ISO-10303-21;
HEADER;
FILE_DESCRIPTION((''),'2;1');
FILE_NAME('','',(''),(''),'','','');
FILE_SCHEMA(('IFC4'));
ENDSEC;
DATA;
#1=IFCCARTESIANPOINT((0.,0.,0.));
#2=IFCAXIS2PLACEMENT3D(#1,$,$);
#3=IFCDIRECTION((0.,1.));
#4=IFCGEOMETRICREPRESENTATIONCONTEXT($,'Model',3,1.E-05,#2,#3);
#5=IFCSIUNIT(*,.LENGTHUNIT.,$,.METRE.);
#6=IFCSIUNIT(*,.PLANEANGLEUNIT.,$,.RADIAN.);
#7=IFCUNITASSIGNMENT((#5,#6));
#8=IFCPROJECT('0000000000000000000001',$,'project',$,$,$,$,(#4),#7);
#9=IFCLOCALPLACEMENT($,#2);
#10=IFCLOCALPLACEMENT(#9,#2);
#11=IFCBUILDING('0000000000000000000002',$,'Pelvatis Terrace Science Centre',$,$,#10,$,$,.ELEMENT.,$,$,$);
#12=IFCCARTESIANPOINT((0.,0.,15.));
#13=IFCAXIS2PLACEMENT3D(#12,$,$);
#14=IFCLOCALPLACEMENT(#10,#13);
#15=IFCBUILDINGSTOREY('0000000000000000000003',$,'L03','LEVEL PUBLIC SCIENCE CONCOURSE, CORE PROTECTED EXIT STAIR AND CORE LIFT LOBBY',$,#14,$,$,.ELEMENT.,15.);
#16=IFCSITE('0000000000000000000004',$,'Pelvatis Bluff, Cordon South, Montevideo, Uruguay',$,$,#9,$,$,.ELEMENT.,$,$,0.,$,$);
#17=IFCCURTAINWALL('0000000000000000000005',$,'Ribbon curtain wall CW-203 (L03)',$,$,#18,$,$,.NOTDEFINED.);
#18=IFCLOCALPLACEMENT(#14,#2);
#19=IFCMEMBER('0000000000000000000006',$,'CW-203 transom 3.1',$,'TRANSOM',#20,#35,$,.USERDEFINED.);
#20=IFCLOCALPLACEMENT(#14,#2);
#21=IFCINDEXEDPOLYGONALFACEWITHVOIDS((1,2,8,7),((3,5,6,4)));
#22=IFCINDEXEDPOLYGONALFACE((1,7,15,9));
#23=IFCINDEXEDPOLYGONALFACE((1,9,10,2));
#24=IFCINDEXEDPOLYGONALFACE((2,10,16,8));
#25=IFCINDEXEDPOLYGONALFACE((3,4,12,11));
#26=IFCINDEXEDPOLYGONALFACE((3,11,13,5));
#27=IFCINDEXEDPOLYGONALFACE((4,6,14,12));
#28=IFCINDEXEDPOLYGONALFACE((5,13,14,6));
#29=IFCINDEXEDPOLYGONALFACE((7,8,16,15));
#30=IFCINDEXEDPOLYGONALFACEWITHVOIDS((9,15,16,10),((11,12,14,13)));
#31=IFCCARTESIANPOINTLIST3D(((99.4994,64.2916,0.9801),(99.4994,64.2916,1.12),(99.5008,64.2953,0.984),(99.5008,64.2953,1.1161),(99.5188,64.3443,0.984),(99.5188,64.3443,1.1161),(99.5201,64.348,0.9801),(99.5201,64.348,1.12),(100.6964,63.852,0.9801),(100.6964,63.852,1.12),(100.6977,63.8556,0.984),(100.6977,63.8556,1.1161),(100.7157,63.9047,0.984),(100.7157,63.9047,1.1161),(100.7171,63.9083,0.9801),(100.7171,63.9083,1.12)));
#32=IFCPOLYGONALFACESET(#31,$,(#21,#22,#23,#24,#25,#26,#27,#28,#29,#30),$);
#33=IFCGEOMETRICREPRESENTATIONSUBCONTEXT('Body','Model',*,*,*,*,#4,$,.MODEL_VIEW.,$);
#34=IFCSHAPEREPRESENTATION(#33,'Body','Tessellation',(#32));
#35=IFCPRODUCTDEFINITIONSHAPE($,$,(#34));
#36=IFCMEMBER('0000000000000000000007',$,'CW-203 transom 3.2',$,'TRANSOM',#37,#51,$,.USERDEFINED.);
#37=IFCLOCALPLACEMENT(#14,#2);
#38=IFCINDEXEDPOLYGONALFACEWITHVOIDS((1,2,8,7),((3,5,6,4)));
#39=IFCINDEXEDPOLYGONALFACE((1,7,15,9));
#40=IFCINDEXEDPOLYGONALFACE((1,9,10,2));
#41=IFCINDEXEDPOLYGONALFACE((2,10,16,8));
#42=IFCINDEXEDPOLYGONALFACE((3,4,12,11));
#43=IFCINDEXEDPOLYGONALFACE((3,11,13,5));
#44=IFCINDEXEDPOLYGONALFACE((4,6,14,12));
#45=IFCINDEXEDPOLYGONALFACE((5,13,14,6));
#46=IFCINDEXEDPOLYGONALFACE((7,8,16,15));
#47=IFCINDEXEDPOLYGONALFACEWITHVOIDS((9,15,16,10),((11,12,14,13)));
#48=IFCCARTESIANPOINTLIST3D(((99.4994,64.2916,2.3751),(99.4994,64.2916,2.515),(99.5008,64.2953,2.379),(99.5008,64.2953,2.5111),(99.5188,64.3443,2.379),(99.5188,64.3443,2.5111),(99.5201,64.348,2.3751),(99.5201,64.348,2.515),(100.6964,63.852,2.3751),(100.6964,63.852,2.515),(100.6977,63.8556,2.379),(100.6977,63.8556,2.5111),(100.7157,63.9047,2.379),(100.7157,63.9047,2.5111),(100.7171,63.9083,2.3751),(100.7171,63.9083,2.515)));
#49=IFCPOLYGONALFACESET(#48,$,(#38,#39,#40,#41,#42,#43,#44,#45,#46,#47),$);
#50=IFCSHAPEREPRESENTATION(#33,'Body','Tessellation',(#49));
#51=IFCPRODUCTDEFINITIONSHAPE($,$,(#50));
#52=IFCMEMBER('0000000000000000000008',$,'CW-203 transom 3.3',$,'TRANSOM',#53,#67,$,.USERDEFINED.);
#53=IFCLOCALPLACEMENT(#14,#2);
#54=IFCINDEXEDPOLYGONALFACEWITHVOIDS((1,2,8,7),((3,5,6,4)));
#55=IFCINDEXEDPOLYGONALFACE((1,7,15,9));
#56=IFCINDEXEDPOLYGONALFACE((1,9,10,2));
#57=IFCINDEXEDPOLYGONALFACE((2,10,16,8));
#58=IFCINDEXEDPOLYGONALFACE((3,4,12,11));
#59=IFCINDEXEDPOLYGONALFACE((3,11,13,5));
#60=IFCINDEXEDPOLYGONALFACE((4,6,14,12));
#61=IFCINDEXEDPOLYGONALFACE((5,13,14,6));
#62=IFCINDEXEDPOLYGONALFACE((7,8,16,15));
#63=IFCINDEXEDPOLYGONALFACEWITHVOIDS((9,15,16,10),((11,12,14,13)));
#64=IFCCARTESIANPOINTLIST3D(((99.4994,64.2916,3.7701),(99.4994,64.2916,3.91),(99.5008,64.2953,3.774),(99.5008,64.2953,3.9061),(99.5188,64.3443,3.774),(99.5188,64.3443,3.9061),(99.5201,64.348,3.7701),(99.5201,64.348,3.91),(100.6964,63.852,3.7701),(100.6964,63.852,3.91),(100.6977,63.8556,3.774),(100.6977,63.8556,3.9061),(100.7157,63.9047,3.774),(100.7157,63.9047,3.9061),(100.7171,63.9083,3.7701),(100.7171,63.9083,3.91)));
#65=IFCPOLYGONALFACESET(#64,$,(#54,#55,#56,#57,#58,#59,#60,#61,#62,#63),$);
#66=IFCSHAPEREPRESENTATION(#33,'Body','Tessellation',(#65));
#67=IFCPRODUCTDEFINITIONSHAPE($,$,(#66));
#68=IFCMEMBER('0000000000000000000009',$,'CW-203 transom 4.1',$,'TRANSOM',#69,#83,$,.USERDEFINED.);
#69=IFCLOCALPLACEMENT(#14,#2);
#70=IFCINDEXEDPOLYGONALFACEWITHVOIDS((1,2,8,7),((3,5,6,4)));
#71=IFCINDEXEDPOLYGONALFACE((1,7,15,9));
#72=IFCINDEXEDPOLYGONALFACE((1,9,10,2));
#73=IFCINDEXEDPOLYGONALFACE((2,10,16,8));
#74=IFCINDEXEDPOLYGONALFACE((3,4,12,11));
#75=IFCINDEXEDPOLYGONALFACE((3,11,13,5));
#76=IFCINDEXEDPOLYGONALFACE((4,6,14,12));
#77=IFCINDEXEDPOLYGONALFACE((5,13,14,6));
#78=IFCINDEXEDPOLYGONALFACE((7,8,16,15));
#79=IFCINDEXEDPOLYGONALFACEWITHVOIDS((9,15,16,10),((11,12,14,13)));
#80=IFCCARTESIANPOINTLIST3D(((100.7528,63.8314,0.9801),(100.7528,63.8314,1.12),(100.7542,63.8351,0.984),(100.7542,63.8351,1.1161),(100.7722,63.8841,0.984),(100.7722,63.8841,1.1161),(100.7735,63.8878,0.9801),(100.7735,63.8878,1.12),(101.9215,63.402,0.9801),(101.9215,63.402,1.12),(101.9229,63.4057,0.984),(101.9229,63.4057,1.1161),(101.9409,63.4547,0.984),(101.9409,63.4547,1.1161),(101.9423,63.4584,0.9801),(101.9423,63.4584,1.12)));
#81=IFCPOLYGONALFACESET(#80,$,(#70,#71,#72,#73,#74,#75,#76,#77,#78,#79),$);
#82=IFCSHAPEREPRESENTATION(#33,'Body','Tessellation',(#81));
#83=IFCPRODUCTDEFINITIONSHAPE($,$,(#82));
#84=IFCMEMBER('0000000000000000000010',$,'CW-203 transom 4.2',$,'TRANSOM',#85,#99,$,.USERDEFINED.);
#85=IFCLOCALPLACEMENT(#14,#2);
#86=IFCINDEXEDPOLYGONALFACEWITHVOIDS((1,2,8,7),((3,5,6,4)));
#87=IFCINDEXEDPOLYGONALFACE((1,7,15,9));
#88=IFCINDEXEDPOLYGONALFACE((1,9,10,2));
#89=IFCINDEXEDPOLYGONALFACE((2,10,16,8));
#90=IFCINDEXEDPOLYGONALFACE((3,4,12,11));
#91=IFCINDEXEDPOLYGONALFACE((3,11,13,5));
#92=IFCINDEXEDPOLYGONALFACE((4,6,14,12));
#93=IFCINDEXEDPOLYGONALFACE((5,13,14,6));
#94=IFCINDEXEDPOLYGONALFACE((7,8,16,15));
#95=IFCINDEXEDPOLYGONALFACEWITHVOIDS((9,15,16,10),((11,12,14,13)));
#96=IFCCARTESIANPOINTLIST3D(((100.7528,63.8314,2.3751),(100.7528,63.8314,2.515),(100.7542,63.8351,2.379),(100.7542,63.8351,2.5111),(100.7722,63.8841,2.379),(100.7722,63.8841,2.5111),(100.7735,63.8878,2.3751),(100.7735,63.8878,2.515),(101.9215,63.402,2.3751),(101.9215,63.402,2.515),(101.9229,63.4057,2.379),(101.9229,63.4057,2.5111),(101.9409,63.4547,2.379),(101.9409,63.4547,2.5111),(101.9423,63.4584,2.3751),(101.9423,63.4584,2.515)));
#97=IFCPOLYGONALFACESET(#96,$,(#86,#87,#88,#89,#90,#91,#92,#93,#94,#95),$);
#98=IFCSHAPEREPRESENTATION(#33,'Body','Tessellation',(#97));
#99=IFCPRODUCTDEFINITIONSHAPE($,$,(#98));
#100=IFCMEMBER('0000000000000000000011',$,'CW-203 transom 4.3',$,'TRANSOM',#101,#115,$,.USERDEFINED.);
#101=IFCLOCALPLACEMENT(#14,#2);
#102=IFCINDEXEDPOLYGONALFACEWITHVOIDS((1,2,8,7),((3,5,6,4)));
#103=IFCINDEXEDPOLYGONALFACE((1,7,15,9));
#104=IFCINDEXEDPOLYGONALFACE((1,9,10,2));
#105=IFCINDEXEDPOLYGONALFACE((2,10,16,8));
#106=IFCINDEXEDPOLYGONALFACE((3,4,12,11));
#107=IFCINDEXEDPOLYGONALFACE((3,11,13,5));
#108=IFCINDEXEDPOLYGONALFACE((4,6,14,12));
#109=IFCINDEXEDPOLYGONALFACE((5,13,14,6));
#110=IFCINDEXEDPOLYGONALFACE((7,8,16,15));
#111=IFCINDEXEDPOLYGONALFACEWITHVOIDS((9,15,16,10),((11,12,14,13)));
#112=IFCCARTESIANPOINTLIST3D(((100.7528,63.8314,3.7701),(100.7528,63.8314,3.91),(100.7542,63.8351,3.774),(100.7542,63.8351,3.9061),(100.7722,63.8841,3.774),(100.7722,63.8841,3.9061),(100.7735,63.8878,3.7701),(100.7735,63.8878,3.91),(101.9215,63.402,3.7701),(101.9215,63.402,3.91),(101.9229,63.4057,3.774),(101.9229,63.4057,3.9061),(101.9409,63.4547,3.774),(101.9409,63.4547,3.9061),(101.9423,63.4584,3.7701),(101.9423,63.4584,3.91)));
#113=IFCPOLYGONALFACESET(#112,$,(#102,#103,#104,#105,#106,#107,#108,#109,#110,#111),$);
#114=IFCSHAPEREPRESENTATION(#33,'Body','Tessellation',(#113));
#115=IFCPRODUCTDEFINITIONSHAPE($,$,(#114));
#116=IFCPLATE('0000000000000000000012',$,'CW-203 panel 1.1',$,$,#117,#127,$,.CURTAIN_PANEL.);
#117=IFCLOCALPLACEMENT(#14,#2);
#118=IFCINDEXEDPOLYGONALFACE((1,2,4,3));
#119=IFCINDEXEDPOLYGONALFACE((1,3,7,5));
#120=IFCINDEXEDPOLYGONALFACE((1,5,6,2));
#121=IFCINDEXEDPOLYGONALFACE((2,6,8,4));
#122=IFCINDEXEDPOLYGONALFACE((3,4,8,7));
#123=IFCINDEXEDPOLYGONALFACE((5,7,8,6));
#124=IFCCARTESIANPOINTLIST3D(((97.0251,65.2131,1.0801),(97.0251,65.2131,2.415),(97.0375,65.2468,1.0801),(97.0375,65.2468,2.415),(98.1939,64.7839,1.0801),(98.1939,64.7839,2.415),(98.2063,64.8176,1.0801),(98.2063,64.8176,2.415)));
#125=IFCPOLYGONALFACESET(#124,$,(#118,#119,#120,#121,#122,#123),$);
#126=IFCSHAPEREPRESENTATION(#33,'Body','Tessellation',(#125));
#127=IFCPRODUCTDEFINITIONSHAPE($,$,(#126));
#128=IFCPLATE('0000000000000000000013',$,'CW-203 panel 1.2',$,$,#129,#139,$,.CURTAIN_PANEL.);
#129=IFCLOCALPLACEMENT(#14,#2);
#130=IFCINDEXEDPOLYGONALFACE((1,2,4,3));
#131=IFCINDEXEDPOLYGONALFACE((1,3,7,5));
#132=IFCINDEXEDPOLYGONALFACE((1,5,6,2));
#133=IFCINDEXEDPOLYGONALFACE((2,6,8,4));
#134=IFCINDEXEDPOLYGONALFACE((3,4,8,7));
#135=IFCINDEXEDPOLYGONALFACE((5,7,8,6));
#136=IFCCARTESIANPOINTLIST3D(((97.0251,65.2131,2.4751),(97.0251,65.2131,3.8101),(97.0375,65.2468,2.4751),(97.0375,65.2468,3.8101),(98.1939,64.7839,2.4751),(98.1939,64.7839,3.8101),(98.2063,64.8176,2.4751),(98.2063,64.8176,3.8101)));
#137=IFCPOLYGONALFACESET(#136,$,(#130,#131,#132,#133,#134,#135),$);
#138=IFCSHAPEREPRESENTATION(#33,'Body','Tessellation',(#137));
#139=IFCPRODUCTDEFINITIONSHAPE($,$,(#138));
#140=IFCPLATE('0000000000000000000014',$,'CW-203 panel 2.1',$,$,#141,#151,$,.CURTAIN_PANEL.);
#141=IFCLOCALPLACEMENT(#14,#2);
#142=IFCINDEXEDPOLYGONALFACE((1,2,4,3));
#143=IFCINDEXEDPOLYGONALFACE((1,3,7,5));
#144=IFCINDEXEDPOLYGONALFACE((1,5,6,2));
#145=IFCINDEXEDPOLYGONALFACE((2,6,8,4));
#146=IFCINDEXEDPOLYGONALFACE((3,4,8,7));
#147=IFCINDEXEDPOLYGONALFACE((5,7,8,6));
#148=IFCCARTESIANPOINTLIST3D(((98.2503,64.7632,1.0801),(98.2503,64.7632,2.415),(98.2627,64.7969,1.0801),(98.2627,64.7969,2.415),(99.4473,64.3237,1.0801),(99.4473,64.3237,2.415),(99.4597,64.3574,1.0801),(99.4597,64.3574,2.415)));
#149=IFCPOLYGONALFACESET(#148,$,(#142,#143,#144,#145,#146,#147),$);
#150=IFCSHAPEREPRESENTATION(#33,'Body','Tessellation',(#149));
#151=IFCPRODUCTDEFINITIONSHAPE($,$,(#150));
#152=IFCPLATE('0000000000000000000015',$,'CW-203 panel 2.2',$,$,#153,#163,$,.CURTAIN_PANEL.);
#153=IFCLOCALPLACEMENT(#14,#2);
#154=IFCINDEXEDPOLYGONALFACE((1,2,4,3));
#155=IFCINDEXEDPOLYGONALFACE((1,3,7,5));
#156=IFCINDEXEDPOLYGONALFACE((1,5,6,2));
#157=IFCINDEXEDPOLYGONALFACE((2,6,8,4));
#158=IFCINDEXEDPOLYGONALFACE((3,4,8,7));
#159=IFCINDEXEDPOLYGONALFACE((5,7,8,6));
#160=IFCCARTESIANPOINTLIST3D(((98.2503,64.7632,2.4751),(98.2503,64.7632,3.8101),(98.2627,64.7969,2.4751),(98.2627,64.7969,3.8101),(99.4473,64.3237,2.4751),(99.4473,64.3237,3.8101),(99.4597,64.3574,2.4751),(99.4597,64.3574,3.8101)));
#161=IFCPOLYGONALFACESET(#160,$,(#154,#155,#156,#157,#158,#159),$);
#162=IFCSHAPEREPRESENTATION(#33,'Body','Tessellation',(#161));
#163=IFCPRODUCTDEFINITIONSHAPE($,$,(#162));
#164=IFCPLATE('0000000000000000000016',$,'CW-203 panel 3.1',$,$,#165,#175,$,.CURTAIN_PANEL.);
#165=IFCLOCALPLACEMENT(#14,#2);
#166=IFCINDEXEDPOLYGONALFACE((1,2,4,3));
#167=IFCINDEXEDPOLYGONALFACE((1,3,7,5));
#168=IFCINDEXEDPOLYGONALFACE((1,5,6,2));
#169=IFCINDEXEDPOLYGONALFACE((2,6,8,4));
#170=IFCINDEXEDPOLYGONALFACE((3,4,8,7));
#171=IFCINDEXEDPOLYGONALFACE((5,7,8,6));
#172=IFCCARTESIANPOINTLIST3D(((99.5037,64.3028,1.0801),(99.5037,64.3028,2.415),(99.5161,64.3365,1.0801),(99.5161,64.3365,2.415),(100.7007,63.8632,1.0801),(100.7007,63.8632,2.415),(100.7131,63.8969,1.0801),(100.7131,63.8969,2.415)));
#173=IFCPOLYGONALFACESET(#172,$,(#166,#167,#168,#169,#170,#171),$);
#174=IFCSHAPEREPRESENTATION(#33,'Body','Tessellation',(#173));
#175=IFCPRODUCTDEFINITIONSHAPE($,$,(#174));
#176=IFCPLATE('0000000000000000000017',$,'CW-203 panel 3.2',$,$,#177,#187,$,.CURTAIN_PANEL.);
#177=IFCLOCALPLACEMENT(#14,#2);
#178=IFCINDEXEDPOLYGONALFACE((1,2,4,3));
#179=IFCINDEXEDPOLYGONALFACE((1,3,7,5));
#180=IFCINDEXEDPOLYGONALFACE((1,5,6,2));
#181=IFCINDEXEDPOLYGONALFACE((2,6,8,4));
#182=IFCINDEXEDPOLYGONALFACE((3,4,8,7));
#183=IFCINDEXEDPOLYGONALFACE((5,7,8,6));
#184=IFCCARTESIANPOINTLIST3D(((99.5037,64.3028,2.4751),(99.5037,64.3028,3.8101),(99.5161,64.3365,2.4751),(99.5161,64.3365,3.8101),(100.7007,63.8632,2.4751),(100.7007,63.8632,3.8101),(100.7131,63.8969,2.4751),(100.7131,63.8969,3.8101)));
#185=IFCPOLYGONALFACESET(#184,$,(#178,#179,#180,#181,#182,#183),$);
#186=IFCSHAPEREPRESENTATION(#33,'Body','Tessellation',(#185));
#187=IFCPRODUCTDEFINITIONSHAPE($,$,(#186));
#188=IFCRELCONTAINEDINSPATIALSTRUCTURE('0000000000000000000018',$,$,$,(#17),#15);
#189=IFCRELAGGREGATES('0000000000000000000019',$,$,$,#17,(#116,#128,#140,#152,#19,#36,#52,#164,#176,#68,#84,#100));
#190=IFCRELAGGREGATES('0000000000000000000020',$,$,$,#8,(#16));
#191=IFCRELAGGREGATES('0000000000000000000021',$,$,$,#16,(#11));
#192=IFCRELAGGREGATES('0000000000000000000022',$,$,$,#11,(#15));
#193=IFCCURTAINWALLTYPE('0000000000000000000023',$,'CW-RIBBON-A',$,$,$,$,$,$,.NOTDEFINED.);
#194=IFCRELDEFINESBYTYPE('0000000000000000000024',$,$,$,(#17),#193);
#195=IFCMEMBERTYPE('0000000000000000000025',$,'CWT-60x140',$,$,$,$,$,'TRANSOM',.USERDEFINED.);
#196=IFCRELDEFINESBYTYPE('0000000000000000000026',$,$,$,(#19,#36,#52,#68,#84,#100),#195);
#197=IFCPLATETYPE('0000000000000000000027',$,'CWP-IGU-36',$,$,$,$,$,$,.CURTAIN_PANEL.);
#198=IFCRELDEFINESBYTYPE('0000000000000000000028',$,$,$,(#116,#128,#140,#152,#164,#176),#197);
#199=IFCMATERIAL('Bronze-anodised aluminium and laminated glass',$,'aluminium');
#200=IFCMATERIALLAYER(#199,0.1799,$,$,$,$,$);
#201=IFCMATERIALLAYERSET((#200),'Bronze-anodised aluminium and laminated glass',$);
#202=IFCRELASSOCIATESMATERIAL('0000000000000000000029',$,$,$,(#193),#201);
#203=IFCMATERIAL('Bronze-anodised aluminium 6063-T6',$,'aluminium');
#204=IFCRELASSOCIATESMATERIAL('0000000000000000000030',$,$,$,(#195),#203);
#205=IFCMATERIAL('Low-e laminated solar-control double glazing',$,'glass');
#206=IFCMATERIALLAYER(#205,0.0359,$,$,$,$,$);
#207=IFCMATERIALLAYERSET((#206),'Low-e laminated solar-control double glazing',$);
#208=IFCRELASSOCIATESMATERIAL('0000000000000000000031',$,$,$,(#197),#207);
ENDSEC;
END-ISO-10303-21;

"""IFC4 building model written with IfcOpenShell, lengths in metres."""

from ifc_helpers import new_model, si_unit, direction, frame, origin, origin_2d, place, context, subcontext, project, spatial, rectangle, hollow_rectangle, extrude, material, layer, layer_set, material_profile, profile_set, type_object, element, aggregate, save


model = new_model("IFC4")

# Units and contexts
model_context = context("Model", 3, precision=1e-05, world=origin(), true_north=direction((0.0, 1.0)))
body_context = subcontext(model_context, "Body", "Model", "MODEL_VIEW")
ifc_project = project(units=[si_unit("LENGTHUNIT", "METRE"), si_unit("PLANEANGLEUNIT", "RADIAN")], contexts=[model_context])

# Site, building, storey
site_placement = place(None, origin())
site = spatial("IfcSite", under=ifc_project, at=site_placement, Name="Pelvatis Bluff, Cordon South, Montevideo, Uruguay", CompositionType="ELEMENT", RefElevation=0.0)
building_placement = place(site_placement, origin())
building = spatial("IfcBuilding", under=site, at=building_placement, Name="Pelvatis Terrace Science Centre", CompositionType="ELEMENT")
storey_placement = place(building_placement, frame((0.0, 0.0, 15.0)))
storey = spatial("IfcBuildingStorey", under=building, at=storey_placement, Name="L03", Description="LEVEL PUBLIC SCIENCE CONCOURSE, CORE PROTECTED EXIT STAIR AND CORE LIFT LOBBY", CompositionType="ELEMENT", Elevation=15.0)

# Curtain wall, members, plates
ifc_material_1 = material(Name="Bronze-anodised aluminium and laminated glass", Category="aluminium")
ifc_layer_1 = layer(ifc_material_1, 0.1799)
ifc_layer_set_1 = layer_set([ifc_layer_1], Name="Bronze-anodised aluminium and laminated glass")
curtain_wall_type = type_object("IfcCurtainWallType", Name="CW-RIBBON-A", PredefinedType="NOTDEFINED", material=ifc_layer_set_1)
curtain_wall_placement = place(storey_placement, origin())
curtain_wall = element("IfcCurtainWall", 1, at=curtain_wall_placement, inside=storey, type_object=curtain_wall_type, Name="Ribbon curtain wall CW-203 (L03)", PredefinedType="NOTDEFINED")
ifc_material_2 = material(Name="Bronze-anodised aluminium 6063-T6", Category="aluminium")
ifc_material_profile_1 = material_profile(ifc_material_2, hollow_rectangle(XDim=0.0601, YDim=0.1399, WallThickness=0.0039, at=origin_2d()), Name="ALU-TRN 60x140")
ifc_profile_set_1 = profile_set([ifc_material_profile_1], Name="Bronze-anodised aluminium 6063-T6")
member_type_1 = type_object("IfcMemberType", Name="CWT-60x140", ElementType="TRANSOM", PredefinedType="USERDEFINED", material=ifc_profile_set_1)
member_1_placement = place(storey_placement, frame((99.5098, 64.3198, 1.05), z_axis=(0.938676, -0.3448, 0.0), x_axis=(0.3448, 0.938676, 0.0)))
member_1 = element("IfcMember", 2, at=member_1_placement, type_object=member_type_1, Name="CW-203 transom 3.1", ObjectType="TRANSOM", PredefinedType="USERDEFINED", context=body_context, shape_type="SweptSolid", body=[
    extrude(hollow_rectangle(XDim=0.0601, YDim=0.1399, WallThickness=0.0039, at=origin_2d()), origin(), (0.0, 0.0, 1.0), 1.2751),
])
member_2_placement = place(storey_placement, frame((99.5098, 64.3198, 2.4451), z_axis=(0.938676, -0.3448, 0.0), x_axis=(0.3448, 0.938676, 0.0)))
member_2 = element("IfcMember", 3, at=member_2_placement, type_object=member_type_1, Name="CW-203 transom 3.2", ObjectType="TRANSOM", PredefinedType="USERDEFINED", context=body_context, shape_type="SweptSolid", body=[
    extrude(hollow_rectangle(XDim=0.0601, YDim=0.1399, WallThickness=0.0039, at=origin_2d()), origin(), (0.0, 0.0, 1.0), 1.2751),
])
member_3_placement = place(storey_placement, frame((99.5098, 64.3198, 3.8401), z_axis=(0.938676, -0.3448, 0.0), x_axis=(0.3448, 0.938676, 0.0)))
member_3 = element("IfcMember", 4, at=member_3_placement, type_object=member_type_1, Name="CW-203 transom 3.3", ObjectType="TRANSOM", PredefinedType="USERDEFINED", context=body_context, shape_type="SweptSolid", body=[
    extrude(hollow_rectangle(XDim=0.0601, YDim=0.1399, WallThickness=0.0039, at=origin_2d()), origin(), (0.0, 0.0, 1.0), 1.2751),
])
member_4_placement = place(storey_placement, frame((100.7632, 63.8596, 1.05), z_axis=(0.938637, -0.344906, 0.0), x_axis=(0.344906, 0.938637, 0.0)))
member_4 = element("IfcMember", 5, at=member_4_placement, type_object=member_type_1, Name="CW-203 transom 4.1", ObjectType="TRANSOM", PredefinedType="USERDEFINED", context=body_context, shape_type="SweptSolid", body=[
    extrude(hollow_rectangle(XDim=0.0601, YDim=0.1399, WallThickness=0.0039, at=origin_2d()), origin(), (0.0, 0.0, 1.0), 1.2451),
])
member_5_placement = place(storey_placement, frame((100.7632, 63.8596, 2.4451), z_axis=(0.938637, -0.344906, 0.0), x_axis=(0.344906, 0.938637, 0.0)))
member_5 = element("IfcMember", 6, at=member_5_placement, type_object=member_type_1, Name="CW-203 transom 4.2", ObjectType="TRANSOM", PredefinedType="USERDEFINED", context=body_context, shape_type="SweptSolid", body=[
    extrude(hollow_rectangle(XDim=0.0601, YDim=0.1399, WallThickness=0.0039, at=origin_2d()), origin(), (0.0, 0.0, 1.0), 1.2451),
])
member_6_placement = place(storey_placement, frame((100.7632, 63.8596, 3.8401), z_axis=(0.938637, -0.344906, 0.0), x_axis=(0.344906, 0.938637, 0.0)))
member_6 = element("IfcMember", 7, at=member_6_placement, type_object=member_type_1, Name="CW-203 transom 4.3", ObjectType="TRANSOM", PredefinedType="USERDEFINED", context=body_context, shape_type="SweptSolid", body=[
    extrude(hollow_rectangle(XDim=0.0601, YDim=0.1399, WallThickness=0.0039, at=origin_2d()), origin(), (0.0, 0.0, 1.0), 1.2451),
])
ifc_material_3 = material(Name="Low-e laminated solar-control double glazing", Category="glass")
ifc_layer_2 = layer(ifc_material_3, 0.0359)
ifc_layer_set_2 = layer_set([ifc_layer_2], Name="Low-e laminated solar-control double glazing")
plate_type = type_object("IfcPlateType", Name="CWP-IGU-36", PredefinedType="CURTAIN_PANEL", material=ifc_layer_set_2)
plate_1_placement = place(storey_placement, frame((97.6157, 65.0154, 1.0801), z_axis=(0.0, 0.0, 1.0), x_axis=(0.938707, -0.344715, 0.0)))
plate_1 = element("IfcPlate", 8, at=plate_1_placement, type_object=plate_type, Name="CW-203 panel 1.1", PredefinedType="CURTAIN_PANEL", context=body_context, shape_type="SweptSolid", body=[
    extrude(rectangle(XDim=1.2451, YDim=0.0359, at=origin_2d()), origin(), (0.0, 0.0, 1.0), 1.335),
])
plate_2_placement = place(storey_placement, frame((97.6157, 65.0154, 2.4751), z_axis=(0.0, 0.0, 1.0), x_axis=(0.938707, -0.344715, 0.0)))
plate_2 = element("IfcPlate", 9, at=plate_2_placement, type_object=plate_type, Name="CW-203 panel 1.2", PredefinedType="CURTAIN_PANEL", context=body_context, shape_type="SweptSolid", body=[
    extrude(rectangle(XDim=1.2451, YDim=0.0359, at=origin_2d()), origin(), (0.0, 0.0, 1.0), 1.335),
])
plate_3_placement = place(storey_placement, frame((98.855, 64.5603, 1.0801), z_axis=(0.0, 0.0, 1.0), x_axis=(0.938707, -0.344715, 0.0)))
plate_3 = element("IfcPlate", 10, at=plate_3_placement, type_object=plate_type, Name="CW-203 panel 2.1", PredefinedType="CURTAIN_PANEL", context=body_context, shape_type="SweptSolid", body=[
    extrude(rectangle(XDim=1.2751, YDim=0.0359, at=origin_2d()), origin(), (0.0, 0.0, 1.0), 1.335),
])
plate_4_placement = place(storey_placement, frame((98.855, 64.5603, 2.4751), z_axis=(0.0, 0.0, 1.0), x_axis=(0.938707, -0.344715, 0.0)))
plate_4 = element("IfcPlate", 11, at=plate_4_placement, type_object=plate_type, Name="CW-203 panel 2.2", PredefinedType="CURTAIN_PANEL", context=body_context, shape_type="SweptSolid", body=[
    extrude(rectangle(XDim=1.2751, YDim=0.0359, at=origin_2d()), origin(), (0.0, 0.0, 1.0), 1.335),
])
plate_5_placement = place(storey_placement, frame((100.1084, 64.0999, 1.0801), z_axis=(0.0, 0.0, 1.0), x_axis=(0.938707, -0.344715, 0.0)))
plate_5 = element("IfcPlate", 12, at=plate_5_placement, type_object=plate_type, Name="CW-203 panel 3.1", PredefinedType="CURTAIN_PANEL", context=body_context, shape_type="SweptSolid", body=[
    extrude(rectangle(XDim=1.2751, YDim=0.0359, at=origin_2d()), origin(), (0.0, 0.0, 1.0), 1.335),
])
plate_6_placement = place(storey_placement, frame((100.1084, 64.0999, 2.4751), z_axis=(0.0, 0.0, 1.0), x_axis=(0.938707, -0.344715, 0.0)))
plate_6 = element("IfcPlate", 13, at=plate_6_placement, type_object=plate_type, Name="CW-203 panel 3.2", PredefinedType="CURTAIN_PANEL", context=body_context, shape_type="SweptSolid", body=[
    extrude(rectangle(XDim=1.2751, YDim=0.0359, at=origin_2d()), origin(), (0.0, 0.0, 1.0), 1.335),
])
aggregate(curtain_wall, [plate_1, plate_2, plate_3, plate_4, member_1, member_2, member_3, plate_5, plate_6, member_4, member_5, member_6])

save(model, "model.ifc")
